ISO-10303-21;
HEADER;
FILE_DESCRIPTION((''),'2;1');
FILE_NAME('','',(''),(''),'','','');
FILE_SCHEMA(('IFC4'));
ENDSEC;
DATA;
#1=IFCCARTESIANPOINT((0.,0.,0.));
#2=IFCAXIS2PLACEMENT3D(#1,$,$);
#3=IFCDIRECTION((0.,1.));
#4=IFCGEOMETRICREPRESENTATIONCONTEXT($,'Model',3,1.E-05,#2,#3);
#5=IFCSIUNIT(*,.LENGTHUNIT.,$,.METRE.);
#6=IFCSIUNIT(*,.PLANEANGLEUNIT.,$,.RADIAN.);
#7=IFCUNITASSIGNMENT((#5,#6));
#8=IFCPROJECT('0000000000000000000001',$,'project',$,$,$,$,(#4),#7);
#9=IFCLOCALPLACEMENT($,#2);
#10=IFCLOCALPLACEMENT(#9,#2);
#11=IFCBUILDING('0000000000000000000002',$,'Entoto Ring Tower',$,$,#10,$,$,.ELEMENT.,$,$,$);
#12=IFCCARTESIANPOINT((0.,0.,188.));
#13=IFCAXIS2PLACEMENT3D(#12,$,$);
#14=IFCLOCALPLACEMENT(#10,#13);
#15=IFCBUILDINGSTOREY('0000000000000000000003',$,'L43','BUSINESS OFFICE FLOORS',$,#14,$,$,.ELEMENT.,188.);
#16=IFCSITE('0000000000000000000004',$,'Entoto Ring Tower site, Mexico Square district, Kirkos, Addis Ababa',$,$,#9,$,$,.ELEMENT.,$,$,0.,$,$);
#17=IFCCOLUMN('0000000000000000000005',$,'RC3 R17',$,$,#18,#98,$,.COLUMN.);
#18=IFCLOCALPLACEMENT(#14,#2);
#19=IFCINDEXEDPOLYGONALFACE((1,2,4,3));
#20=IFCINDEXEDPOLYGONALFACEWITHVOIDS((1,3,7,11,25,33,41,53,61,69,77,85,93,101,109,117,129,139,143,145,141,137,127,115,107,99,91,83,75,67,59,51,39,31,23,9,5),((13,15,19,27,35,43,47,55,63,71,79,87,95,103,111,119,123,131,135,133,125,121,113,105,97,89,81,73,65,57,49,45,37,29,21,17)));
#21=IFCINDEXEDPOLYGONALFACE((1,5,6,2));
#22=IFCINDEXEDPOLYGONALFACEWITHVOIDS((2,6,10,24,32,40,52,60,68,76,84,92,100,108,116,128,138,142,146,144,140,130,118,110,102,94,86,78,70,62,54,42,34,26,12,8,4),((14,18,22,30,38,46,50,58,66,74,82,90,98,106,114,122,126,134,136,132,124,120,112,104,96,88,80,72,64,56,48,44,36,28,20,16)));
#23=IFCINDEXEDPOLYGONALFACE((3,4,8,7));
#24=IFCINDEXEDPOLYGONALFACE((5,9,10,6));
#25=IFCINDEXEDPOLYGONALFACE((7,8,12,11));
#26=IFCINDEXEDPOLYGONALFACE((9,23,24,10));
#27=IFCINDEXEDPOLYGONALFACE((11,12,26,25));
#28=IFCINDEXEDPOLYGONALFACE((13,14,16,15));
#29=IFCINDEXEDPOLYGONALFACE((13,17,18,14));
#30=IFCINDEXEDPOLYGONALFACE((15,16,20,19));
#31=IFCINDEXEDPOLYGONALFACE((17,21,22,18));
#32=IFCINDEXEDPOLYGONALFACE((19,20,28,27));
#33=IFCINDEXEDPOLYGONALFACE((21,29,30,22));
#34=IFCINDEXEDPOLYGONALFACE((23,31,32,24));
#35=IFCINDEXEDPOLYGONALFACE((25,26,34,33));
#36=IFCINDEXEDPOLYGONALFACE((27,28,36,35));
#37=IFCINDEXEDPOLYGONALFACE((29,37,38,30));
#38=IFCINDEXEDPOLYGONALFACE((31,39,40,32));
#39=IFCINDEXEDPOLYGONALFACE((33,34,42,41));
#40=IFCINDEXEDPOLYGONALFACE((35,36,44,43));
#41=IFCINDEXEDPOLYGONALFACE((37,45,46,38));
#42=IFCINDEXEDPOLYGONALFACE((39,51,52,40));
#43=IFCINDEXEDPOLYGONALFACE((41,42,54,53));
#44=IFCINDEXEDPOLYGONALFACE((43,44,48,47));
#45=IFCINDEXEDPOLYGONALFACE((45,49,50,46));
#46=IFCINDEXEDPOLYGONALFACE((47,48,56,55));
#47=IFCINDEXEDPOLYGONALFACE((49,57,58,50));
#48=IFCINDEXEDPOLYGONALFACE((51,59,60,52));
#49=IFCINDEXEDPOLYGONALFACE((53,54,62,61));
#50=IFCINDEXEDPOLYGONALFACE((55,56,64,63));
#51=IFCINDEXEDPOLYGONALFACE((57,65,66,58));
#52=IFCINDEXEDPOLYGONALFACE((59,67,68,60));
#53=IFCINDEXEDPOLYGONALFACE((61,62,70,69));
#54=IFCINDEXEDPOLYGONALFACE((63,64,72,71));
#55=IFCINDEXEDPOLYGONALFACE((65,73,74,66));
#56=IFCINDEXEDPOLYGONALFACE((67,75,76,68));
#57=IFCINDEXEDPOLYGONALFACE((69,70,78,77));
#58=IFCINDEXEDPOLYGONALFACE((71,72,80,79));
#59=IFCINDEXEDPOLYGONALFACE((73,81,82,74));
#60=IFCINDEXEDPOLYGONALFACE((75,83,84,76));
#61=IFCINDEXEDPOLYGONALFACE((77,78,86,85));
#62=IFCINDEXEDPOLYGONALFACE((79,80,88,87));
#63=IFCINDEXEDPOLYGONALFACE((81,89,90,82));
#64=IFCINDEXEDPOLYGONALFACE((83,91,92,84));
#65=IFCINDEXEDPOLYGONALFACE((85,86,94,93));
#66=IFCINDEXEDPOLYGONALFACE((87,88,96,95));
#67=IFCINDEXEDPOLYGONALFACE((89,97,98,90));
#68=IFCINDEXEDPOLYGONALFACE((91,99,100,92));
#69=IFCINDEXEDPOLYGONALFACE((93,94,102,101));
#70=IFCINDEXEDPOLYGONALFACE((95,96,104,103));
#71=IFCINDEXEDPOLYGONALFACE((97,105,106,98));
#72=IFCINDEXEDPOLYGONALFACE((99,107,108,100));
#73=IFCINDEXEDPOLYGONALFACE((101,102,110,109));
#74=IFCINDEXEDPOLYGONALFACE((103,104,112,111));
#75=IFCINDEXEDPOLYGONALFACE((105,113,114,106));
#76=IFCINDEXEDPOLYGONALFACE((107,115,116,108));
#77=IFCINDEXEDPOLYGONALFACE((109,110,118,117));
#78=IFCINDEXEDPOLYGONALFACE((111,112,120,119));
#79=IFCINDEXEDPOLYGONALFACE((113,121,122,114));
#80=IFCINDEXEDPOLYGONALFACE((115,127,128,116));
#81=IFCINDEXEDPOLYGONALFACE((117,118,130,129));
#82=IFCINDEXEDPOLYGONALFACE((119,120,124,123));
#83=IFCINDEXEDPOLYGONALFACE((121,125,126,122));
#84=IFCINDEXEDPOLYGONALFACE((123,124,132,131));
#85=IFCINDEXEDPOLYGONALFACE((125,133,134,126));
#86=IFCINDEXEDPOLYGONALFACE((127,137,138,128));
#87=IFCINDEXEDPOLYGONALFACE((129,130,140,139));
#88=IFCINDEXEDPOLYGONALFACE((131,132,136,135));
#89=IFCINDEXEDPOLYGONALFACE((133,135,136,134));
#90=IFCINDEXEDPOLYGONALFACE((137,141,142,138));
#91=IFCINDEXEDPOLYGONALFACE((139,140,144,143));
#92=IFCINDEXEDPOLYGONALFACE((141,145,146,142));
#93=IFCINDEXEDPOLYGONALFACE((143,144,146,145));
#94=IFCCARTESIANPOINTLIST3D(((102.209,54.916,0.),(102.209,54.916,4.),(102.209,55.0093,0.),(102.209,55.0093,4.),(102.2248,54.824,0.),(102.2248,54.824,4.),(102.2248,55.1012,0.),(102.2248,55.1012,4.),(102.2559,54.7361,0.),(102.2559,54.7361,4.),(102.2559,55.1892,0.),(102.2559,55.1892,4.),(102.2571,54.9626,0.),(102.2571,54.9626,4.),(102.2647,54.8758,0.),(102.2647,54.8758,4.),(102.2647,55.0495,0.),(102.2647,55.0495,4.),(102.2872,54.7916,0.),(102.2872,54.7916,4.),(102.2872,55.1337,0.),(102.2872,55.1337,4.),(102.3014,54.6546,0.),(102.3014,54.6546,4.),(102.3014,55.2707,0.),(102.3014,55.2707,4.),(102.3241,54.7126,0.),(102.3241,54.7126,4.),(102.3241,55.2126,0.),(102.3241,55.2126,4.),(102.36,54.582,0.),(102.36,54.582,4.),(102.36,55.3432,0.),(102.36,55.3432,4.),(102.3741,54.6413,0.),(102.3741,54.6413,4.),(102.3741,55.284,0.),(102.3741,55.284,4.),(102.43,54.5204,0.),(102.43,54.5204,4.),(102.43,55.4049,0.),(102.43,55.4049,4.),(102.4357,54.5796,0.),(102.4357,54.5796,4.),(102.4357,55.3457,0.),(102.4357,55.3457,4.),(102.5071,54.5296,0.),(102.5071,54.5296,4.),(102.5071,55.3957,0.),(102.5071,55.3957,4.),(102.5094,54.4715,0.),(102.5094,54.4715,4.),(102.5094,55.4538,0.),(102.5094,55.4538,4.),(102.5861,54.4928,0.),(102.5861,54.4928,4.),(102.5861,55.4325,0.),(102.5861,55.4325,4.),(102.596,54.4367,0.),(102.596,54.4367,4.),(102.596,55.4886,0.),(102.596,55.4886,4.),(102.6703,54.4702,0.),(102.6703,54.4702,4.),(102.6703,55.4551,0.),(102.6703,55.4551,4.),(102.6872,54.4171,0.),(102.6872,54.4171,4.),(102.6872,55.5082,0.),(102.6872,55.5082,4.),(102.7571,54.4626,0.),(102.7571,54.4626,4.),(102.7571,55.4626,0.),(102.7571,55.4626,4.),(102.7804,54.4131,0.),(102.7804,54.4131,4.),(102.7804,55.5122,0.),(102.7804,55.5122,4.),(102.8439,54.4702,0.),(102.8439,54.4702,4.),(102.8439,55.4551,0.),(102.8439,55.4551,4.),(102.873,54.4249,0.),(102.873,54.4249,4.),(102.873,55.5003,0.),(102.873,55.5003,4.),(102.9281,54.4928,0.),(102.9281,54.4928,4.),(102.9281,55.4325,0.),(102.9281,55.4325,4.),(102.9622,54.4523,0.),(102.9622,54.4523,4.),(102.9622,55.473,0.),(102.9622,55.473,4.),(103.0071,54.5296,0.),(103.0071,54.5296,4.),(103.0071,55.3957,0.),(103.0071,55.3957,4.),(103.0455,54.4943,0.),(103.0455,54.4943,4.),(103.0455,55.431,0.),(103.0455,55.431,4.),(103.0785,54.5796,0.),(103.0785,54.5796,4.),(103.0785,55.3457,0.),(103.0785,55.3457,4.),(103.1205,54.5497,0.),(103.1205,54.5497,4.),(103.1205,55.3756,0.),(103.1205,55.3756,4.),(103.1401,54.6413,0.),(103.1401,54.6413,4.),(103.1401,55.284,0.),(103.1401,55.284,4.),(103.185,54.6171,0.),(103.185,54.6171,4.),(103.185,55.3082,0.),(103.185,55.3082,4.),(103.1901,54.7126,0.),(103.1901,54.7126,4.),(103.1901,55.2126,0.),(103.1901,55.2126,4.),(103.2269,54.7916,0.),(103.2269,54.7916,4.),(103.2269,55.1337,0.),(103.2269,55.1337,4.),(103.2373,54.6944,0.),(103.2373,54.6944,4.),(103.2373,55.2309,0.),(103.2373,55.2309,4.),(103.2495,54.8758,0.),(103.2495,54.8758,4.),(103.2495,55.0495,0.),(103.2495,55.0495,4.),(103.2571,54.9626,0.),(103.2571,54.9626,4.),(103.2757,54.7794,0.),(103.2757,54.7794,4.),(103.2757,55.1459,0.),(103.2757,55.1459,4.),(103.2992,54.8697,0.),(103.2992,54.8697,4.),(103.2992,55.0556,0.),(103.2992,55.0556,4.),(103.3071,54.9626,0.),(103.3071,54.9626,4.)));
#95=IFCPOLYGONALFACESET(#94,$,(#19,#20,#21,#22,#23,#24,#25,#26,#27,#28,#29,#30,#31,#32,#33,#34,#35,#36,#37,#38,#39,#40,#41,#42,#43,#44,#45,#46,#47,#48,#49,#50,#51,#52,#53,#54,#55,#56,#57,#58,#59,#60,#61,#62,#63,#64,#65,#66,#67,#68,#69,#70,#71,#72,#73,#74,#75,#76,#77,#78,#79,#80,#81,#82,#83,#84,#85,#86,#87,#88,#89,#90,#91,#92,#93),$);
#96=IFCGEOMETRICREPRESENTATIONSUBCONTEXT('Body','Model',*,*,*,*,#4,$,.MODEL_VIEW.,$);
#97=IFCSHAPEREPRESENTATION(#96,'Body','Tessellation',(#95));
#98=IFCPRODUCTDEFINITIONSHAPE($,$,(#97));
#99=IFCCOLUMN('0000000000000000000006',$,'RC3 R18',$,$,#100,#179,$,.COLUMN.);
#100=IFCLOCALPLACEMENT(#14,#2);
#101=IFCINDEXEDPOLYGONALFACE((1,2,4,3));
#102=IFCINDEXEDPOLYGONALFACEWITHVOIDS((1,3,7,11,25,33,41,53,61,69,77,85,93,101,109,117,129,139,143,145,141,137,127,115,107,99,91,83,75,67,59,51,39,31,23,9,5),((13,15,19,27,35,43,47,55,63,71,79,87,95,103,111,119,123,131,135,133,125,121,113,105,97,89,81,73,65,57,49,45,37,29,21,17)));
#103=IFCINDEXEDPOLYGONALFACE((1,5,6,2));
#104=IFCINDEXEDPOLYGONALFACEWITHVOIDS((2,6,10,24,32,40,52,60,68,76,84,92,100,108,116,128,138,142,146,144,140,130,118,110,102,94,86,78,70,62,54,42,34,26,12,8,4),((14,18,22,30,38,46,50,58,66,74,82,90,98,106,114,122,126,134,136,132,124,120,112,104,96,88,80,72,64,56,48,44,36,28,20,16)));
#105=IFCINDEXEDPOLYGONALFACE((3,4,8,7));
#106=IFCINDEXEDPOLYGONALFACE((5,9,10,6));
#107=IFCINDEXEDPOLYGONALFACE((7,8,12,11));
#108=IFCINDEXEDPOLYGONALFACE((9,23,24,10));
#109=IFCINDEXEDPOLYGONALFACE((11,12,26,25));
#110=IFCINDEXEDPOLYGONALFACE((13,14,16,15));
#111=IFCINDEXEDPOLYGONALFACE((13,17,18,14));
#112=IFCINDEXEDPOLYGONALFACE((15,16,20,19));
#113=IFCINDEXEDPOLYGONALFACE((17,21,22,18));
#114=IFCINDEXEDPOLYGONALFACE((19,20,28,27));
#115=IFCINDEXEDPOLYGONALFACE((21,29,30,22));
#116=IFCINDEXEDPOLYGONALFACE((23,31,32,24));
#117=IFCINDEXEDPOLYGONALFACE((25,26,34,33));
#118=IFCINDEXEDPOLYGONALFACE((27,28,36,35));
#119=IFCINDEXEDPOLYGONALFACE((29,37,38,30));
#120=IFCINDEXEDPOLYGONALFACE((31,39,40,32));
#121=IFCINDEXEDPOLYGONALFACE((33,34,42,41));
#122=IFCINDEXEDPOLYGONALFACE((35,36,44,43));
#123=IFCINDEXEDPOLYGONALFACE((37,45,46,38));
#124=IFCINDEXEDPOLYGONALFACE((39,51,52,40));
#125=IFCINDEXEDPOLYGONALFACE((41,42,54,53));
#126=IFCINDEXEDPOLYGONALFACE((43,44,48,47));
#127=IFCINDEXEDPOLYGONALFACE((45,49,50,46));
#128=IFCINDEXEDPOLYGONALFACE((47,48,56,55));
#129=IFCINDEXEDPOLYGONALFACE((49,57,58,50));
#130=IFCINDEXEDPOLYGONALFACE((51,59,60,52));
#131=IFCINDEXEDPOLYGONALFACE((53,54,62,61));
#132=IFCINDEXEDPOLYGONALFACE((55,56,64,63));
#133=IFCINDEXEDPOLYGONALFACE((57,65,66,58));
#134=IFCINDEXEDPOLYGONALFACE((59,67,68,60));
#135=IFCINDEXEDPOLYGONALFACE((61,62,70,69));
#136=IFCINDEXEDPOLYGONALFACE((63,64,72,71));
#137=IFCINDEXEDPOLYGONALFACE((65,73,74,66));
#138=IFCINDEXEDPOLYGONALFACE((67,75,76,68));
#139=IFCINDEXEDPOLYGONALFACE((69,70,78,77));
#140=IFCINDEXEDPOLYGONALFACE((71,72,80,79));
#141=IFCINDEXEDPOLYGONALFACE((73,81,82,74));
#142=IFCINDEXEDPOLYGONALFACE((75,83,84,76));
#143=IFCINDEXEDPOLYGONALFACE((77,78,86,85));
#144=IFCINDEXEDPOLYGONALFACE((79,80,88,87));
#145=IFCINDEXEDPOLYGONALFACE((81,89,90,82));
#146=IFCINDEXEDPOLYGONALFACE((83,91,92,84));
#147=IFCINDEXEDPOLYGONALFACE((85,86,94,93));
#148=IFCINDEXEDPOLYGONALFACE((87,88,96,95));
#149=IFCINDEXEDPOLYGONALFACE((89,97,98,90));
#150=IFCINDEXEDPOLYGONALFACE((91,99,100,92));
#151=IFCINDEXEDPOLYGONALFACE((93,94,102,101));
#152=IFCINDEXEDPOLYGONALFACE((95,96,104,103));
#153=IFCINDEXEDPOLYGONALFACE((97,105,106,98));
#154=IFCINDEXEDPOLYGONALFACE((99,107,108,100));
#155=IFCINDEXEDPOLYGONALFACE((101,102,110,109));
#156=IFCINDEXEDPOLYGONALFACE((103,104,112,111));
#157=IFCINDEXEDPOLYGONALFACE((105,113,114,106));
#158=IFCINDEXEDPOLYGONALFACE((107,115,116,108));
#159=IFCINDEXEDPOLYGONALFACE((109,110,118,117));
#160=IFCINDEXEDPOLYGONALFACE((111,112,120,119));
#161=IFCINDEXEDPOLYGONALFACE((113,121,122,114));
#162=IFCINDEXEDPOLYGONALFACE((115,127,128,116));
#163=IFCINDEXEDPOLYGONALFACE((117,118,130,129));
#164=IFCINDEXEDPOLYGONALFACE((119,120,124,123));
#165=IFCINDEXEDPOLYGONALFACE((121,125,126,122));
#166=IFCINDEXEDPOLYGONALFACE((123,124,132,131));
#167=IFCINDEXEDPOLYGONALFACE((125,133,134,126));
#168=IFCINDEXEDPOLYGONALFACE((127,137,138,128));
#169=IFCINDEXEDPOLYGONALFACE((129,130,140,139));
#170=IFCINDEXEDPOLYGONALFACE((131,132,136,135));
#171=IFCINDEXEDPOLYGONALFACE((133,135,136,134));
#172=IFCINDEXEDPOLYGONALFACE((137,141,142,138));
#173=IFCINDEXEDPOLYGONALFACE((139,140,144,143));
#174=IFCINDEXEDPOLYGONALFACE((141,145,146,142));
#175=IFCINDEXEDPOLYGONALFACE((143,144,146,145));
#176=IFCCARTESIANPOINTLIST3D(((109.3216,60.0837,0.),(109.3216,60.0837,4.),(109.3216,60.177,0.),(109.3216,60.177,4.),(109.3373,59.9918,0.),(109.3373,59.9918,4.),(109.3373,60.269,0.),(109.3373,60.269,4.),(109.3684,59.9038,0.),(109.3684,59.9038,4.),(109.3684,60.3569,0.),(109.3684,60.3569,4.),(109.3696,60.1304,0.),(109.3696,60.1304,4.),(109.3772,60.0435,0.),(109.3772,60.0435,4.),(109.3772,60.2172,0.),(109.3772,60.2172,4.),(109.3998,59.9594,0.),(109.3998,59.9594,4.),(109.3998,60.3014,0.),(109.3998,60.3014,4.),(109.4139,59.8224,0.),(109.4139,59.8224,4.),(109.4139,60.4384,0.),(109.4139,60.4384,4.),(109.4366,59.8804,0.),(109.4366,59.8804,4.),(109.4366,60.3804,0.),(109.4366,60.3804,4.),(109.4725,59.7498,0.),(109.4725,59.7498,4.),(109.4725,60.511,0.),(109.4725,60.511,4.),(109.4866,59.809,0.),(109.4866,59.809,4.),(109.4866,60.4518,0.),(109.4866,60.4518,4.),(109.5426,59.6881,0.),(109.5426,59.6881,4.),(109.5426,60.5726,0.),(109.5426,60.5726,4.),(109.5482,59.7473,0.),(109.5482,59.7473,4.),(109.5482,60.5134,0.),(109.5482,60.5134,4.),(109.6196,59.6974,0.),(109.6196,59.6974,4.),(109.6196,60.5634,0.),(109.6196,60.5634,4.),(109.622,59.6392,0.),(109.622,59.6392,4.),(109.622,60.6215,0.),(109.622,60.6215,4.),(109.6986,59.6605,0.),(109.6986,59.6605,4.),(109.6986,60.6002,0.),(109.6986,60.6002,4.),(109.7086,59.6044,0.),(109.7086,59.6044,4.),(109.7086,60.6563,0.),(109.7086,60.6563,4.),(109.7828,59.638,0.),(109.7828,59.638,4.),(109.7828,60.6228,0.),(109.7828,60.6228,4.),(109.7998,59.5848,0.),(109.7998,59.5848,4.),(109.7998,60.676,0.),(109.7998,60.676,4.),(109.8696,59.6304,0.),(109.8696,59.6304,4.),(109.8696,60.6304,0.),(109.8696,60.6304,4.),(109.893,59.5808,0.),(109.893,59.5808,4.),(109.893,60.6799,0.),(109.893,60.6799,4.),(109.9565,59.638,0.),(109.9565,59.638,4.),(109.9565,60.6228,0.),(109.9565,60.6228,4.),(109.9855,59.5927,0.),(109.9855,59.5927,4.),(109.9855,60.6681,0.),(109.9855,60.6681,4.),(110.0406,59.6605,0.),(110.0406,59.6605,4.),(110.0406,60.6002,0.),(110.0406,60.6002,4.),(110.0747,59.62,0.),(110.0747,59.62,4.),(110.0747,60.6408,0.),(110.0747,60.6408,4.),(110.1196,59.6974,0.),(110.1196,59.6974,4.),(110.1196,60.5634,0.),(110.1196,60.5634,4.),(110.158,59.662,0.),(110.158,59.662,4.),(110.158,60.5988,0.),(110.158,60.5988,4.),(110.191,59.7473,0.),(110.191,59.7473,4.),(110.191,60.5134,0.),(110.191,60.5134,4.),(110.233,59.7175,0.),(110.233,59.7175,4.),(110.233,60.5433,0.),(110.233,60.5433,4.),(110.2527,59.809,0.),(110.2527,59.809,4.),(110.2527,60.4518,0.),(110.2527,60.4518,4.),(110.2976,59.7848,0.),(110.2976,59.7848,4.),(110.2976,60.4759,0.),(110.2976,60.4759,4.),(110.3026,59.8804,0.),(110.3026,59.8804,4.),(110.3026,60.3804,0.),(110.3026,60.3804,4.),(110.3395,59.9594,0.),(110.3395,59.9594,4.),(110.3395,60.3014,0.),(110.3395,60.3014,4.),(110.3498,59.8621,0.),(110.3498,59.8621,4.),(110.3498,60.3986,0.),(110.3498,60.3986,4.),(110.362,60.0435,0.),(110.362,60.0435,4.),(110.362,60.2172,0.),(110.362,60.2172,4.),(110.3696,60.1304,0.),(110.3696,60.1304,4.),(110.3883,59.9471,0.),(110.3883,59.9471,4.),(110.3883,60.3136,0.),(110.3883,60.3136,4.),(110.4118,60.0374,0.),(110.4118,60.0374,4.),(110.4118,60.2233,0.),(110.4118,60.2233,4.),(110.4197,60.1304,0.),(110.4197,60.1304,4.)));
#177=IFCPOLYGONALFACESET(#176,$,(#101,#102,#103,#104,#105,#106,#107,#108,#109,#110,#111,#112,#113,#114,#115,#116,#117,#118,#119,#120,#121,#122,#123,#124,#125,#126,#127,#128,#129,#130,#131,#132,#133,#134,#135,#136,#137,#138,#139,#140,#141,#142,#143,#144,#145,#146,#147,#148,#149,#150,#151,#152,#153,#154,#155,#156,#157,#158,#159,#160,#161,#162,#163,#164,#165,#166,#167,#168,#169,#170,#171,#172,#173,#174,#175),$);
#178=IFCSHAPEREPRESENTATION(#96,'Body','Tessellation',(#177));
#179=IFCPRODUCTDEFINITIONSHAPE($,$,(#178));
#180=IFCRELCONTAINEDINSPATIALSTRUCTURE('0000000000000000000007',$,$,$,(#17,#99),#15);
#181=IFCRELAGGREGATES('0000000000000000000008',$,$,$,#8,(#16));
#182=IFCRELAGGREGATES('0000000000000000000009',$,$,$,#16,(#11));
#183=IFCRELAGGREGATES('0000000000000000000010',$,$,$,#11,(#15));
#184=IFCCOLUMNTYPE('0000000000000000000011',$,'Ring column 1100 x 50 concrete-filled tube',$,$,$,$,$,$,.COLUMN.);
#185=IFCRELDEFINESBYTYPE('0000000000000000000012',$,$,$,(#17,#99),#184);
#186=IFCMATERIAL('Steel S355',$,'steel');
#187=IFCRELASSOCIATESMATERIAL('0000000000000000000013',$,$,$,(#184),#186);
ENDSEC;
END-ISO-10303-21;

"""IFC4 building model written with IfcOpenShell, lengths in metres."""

from ifc_helpers import new_model, si_unit, direction, frame, origin, origin_2d, place, context, subcontext, project, spatial, circle, hollow_circle, extrude, material, material_profile, profile_set, type_object, element, save


model = new_model("IFC4")

# Units and contexts
model_context = context("Model", 3, precision=1e-05, world=origin(), true_north=direction((0.0, 1.0)))
body_context = subcontext(model_context, "Body", "Model", "MODEL_VIEW")
ifc_project = project(units=[si_unit("LENGTHUNIT", "METRE"), si_unit("PLANEANGLEUNIT", "RADIAN")], contexts=[model_context])

# Site, building, storey
site_placement = place(None, origin())
site = spatial("IfcSite", under=ifc_project, at=site_placement, Name="Entoto Ring Tower site, Mexico Square district, Kirkos, Addis Ababa", CompositionType="ELEMENT", RefElevation=0.0)
building_placement = place(site_placement, origin())
building = spatial("IfcBuilding", under=site, at=building_placement, Name="Entoto Ring Tower", CompositionType="ELEMENT")
storey_placement = place(building_placement, frame((0.0, 0.0, 188.0)))
storey = spatial("IfcBuildingStorey", under=building, at=storey_placement, Name="L43", Description="BUSINESS OFFICE FLOORS", CompositionType="ELEMENT", Elevation=188.0)

# Columns
ifc_material_1 = material(Name="Steel S355", Category="steel")
ifc_material_profile_1 = material_profile(ifc_material_1, hollow_circle(Radius=0.55, WallThickness=0.05, at=origin_2d()), Name="CHS 1100 x 50")
ifc_material_2 = material(Name="Concrete C60/75", Category="concrete")
ifc_material_profile_2 = material_profile(ifc_material_2, circle(Radius=0.5, at=origin_2d()), Name="Concrete C60/75 infill")
ifc_profile_set_1 = profile_set([ifc_material_profile_1, ifc_material_profile_2], Name="Steel S355")
column_type = type_object("IfcColumnType", Name="Ring column 1100 x 50 concrete-filled tube", PredefinedType="COLUMN", material=ifc_profile_set_1)
for number, where, z_axis, x_axis, name in (
    (1, (102.7571, 54.9626, 0.0), (0.0, 0.0, 1.0), (1.0, 0.0, 0.0), "RC3 R17"),
    (2, (109.8696, 60.1304, 0.0), (0.0, 0.0, 1.0), (1.0, 0.0, 0.0), "RC3 R18"),
):
    element("IfcColumn", number, at=place(storey_placement, frame(where, z_axis=z_axis, x_axis=x_axis)), inside=storey, type_object=column_type, Name=name, PredefinedType="COLUMN", context=body_context, shape_type="SweptSolid", body=[
        extrude(hollow_circle(Radius=0.55, WallThickness=0.05, at=origin_2d()), origin(), (0.0, 0.0, 1.0), 4.0),
    ])

save(model, "model.ifc")
